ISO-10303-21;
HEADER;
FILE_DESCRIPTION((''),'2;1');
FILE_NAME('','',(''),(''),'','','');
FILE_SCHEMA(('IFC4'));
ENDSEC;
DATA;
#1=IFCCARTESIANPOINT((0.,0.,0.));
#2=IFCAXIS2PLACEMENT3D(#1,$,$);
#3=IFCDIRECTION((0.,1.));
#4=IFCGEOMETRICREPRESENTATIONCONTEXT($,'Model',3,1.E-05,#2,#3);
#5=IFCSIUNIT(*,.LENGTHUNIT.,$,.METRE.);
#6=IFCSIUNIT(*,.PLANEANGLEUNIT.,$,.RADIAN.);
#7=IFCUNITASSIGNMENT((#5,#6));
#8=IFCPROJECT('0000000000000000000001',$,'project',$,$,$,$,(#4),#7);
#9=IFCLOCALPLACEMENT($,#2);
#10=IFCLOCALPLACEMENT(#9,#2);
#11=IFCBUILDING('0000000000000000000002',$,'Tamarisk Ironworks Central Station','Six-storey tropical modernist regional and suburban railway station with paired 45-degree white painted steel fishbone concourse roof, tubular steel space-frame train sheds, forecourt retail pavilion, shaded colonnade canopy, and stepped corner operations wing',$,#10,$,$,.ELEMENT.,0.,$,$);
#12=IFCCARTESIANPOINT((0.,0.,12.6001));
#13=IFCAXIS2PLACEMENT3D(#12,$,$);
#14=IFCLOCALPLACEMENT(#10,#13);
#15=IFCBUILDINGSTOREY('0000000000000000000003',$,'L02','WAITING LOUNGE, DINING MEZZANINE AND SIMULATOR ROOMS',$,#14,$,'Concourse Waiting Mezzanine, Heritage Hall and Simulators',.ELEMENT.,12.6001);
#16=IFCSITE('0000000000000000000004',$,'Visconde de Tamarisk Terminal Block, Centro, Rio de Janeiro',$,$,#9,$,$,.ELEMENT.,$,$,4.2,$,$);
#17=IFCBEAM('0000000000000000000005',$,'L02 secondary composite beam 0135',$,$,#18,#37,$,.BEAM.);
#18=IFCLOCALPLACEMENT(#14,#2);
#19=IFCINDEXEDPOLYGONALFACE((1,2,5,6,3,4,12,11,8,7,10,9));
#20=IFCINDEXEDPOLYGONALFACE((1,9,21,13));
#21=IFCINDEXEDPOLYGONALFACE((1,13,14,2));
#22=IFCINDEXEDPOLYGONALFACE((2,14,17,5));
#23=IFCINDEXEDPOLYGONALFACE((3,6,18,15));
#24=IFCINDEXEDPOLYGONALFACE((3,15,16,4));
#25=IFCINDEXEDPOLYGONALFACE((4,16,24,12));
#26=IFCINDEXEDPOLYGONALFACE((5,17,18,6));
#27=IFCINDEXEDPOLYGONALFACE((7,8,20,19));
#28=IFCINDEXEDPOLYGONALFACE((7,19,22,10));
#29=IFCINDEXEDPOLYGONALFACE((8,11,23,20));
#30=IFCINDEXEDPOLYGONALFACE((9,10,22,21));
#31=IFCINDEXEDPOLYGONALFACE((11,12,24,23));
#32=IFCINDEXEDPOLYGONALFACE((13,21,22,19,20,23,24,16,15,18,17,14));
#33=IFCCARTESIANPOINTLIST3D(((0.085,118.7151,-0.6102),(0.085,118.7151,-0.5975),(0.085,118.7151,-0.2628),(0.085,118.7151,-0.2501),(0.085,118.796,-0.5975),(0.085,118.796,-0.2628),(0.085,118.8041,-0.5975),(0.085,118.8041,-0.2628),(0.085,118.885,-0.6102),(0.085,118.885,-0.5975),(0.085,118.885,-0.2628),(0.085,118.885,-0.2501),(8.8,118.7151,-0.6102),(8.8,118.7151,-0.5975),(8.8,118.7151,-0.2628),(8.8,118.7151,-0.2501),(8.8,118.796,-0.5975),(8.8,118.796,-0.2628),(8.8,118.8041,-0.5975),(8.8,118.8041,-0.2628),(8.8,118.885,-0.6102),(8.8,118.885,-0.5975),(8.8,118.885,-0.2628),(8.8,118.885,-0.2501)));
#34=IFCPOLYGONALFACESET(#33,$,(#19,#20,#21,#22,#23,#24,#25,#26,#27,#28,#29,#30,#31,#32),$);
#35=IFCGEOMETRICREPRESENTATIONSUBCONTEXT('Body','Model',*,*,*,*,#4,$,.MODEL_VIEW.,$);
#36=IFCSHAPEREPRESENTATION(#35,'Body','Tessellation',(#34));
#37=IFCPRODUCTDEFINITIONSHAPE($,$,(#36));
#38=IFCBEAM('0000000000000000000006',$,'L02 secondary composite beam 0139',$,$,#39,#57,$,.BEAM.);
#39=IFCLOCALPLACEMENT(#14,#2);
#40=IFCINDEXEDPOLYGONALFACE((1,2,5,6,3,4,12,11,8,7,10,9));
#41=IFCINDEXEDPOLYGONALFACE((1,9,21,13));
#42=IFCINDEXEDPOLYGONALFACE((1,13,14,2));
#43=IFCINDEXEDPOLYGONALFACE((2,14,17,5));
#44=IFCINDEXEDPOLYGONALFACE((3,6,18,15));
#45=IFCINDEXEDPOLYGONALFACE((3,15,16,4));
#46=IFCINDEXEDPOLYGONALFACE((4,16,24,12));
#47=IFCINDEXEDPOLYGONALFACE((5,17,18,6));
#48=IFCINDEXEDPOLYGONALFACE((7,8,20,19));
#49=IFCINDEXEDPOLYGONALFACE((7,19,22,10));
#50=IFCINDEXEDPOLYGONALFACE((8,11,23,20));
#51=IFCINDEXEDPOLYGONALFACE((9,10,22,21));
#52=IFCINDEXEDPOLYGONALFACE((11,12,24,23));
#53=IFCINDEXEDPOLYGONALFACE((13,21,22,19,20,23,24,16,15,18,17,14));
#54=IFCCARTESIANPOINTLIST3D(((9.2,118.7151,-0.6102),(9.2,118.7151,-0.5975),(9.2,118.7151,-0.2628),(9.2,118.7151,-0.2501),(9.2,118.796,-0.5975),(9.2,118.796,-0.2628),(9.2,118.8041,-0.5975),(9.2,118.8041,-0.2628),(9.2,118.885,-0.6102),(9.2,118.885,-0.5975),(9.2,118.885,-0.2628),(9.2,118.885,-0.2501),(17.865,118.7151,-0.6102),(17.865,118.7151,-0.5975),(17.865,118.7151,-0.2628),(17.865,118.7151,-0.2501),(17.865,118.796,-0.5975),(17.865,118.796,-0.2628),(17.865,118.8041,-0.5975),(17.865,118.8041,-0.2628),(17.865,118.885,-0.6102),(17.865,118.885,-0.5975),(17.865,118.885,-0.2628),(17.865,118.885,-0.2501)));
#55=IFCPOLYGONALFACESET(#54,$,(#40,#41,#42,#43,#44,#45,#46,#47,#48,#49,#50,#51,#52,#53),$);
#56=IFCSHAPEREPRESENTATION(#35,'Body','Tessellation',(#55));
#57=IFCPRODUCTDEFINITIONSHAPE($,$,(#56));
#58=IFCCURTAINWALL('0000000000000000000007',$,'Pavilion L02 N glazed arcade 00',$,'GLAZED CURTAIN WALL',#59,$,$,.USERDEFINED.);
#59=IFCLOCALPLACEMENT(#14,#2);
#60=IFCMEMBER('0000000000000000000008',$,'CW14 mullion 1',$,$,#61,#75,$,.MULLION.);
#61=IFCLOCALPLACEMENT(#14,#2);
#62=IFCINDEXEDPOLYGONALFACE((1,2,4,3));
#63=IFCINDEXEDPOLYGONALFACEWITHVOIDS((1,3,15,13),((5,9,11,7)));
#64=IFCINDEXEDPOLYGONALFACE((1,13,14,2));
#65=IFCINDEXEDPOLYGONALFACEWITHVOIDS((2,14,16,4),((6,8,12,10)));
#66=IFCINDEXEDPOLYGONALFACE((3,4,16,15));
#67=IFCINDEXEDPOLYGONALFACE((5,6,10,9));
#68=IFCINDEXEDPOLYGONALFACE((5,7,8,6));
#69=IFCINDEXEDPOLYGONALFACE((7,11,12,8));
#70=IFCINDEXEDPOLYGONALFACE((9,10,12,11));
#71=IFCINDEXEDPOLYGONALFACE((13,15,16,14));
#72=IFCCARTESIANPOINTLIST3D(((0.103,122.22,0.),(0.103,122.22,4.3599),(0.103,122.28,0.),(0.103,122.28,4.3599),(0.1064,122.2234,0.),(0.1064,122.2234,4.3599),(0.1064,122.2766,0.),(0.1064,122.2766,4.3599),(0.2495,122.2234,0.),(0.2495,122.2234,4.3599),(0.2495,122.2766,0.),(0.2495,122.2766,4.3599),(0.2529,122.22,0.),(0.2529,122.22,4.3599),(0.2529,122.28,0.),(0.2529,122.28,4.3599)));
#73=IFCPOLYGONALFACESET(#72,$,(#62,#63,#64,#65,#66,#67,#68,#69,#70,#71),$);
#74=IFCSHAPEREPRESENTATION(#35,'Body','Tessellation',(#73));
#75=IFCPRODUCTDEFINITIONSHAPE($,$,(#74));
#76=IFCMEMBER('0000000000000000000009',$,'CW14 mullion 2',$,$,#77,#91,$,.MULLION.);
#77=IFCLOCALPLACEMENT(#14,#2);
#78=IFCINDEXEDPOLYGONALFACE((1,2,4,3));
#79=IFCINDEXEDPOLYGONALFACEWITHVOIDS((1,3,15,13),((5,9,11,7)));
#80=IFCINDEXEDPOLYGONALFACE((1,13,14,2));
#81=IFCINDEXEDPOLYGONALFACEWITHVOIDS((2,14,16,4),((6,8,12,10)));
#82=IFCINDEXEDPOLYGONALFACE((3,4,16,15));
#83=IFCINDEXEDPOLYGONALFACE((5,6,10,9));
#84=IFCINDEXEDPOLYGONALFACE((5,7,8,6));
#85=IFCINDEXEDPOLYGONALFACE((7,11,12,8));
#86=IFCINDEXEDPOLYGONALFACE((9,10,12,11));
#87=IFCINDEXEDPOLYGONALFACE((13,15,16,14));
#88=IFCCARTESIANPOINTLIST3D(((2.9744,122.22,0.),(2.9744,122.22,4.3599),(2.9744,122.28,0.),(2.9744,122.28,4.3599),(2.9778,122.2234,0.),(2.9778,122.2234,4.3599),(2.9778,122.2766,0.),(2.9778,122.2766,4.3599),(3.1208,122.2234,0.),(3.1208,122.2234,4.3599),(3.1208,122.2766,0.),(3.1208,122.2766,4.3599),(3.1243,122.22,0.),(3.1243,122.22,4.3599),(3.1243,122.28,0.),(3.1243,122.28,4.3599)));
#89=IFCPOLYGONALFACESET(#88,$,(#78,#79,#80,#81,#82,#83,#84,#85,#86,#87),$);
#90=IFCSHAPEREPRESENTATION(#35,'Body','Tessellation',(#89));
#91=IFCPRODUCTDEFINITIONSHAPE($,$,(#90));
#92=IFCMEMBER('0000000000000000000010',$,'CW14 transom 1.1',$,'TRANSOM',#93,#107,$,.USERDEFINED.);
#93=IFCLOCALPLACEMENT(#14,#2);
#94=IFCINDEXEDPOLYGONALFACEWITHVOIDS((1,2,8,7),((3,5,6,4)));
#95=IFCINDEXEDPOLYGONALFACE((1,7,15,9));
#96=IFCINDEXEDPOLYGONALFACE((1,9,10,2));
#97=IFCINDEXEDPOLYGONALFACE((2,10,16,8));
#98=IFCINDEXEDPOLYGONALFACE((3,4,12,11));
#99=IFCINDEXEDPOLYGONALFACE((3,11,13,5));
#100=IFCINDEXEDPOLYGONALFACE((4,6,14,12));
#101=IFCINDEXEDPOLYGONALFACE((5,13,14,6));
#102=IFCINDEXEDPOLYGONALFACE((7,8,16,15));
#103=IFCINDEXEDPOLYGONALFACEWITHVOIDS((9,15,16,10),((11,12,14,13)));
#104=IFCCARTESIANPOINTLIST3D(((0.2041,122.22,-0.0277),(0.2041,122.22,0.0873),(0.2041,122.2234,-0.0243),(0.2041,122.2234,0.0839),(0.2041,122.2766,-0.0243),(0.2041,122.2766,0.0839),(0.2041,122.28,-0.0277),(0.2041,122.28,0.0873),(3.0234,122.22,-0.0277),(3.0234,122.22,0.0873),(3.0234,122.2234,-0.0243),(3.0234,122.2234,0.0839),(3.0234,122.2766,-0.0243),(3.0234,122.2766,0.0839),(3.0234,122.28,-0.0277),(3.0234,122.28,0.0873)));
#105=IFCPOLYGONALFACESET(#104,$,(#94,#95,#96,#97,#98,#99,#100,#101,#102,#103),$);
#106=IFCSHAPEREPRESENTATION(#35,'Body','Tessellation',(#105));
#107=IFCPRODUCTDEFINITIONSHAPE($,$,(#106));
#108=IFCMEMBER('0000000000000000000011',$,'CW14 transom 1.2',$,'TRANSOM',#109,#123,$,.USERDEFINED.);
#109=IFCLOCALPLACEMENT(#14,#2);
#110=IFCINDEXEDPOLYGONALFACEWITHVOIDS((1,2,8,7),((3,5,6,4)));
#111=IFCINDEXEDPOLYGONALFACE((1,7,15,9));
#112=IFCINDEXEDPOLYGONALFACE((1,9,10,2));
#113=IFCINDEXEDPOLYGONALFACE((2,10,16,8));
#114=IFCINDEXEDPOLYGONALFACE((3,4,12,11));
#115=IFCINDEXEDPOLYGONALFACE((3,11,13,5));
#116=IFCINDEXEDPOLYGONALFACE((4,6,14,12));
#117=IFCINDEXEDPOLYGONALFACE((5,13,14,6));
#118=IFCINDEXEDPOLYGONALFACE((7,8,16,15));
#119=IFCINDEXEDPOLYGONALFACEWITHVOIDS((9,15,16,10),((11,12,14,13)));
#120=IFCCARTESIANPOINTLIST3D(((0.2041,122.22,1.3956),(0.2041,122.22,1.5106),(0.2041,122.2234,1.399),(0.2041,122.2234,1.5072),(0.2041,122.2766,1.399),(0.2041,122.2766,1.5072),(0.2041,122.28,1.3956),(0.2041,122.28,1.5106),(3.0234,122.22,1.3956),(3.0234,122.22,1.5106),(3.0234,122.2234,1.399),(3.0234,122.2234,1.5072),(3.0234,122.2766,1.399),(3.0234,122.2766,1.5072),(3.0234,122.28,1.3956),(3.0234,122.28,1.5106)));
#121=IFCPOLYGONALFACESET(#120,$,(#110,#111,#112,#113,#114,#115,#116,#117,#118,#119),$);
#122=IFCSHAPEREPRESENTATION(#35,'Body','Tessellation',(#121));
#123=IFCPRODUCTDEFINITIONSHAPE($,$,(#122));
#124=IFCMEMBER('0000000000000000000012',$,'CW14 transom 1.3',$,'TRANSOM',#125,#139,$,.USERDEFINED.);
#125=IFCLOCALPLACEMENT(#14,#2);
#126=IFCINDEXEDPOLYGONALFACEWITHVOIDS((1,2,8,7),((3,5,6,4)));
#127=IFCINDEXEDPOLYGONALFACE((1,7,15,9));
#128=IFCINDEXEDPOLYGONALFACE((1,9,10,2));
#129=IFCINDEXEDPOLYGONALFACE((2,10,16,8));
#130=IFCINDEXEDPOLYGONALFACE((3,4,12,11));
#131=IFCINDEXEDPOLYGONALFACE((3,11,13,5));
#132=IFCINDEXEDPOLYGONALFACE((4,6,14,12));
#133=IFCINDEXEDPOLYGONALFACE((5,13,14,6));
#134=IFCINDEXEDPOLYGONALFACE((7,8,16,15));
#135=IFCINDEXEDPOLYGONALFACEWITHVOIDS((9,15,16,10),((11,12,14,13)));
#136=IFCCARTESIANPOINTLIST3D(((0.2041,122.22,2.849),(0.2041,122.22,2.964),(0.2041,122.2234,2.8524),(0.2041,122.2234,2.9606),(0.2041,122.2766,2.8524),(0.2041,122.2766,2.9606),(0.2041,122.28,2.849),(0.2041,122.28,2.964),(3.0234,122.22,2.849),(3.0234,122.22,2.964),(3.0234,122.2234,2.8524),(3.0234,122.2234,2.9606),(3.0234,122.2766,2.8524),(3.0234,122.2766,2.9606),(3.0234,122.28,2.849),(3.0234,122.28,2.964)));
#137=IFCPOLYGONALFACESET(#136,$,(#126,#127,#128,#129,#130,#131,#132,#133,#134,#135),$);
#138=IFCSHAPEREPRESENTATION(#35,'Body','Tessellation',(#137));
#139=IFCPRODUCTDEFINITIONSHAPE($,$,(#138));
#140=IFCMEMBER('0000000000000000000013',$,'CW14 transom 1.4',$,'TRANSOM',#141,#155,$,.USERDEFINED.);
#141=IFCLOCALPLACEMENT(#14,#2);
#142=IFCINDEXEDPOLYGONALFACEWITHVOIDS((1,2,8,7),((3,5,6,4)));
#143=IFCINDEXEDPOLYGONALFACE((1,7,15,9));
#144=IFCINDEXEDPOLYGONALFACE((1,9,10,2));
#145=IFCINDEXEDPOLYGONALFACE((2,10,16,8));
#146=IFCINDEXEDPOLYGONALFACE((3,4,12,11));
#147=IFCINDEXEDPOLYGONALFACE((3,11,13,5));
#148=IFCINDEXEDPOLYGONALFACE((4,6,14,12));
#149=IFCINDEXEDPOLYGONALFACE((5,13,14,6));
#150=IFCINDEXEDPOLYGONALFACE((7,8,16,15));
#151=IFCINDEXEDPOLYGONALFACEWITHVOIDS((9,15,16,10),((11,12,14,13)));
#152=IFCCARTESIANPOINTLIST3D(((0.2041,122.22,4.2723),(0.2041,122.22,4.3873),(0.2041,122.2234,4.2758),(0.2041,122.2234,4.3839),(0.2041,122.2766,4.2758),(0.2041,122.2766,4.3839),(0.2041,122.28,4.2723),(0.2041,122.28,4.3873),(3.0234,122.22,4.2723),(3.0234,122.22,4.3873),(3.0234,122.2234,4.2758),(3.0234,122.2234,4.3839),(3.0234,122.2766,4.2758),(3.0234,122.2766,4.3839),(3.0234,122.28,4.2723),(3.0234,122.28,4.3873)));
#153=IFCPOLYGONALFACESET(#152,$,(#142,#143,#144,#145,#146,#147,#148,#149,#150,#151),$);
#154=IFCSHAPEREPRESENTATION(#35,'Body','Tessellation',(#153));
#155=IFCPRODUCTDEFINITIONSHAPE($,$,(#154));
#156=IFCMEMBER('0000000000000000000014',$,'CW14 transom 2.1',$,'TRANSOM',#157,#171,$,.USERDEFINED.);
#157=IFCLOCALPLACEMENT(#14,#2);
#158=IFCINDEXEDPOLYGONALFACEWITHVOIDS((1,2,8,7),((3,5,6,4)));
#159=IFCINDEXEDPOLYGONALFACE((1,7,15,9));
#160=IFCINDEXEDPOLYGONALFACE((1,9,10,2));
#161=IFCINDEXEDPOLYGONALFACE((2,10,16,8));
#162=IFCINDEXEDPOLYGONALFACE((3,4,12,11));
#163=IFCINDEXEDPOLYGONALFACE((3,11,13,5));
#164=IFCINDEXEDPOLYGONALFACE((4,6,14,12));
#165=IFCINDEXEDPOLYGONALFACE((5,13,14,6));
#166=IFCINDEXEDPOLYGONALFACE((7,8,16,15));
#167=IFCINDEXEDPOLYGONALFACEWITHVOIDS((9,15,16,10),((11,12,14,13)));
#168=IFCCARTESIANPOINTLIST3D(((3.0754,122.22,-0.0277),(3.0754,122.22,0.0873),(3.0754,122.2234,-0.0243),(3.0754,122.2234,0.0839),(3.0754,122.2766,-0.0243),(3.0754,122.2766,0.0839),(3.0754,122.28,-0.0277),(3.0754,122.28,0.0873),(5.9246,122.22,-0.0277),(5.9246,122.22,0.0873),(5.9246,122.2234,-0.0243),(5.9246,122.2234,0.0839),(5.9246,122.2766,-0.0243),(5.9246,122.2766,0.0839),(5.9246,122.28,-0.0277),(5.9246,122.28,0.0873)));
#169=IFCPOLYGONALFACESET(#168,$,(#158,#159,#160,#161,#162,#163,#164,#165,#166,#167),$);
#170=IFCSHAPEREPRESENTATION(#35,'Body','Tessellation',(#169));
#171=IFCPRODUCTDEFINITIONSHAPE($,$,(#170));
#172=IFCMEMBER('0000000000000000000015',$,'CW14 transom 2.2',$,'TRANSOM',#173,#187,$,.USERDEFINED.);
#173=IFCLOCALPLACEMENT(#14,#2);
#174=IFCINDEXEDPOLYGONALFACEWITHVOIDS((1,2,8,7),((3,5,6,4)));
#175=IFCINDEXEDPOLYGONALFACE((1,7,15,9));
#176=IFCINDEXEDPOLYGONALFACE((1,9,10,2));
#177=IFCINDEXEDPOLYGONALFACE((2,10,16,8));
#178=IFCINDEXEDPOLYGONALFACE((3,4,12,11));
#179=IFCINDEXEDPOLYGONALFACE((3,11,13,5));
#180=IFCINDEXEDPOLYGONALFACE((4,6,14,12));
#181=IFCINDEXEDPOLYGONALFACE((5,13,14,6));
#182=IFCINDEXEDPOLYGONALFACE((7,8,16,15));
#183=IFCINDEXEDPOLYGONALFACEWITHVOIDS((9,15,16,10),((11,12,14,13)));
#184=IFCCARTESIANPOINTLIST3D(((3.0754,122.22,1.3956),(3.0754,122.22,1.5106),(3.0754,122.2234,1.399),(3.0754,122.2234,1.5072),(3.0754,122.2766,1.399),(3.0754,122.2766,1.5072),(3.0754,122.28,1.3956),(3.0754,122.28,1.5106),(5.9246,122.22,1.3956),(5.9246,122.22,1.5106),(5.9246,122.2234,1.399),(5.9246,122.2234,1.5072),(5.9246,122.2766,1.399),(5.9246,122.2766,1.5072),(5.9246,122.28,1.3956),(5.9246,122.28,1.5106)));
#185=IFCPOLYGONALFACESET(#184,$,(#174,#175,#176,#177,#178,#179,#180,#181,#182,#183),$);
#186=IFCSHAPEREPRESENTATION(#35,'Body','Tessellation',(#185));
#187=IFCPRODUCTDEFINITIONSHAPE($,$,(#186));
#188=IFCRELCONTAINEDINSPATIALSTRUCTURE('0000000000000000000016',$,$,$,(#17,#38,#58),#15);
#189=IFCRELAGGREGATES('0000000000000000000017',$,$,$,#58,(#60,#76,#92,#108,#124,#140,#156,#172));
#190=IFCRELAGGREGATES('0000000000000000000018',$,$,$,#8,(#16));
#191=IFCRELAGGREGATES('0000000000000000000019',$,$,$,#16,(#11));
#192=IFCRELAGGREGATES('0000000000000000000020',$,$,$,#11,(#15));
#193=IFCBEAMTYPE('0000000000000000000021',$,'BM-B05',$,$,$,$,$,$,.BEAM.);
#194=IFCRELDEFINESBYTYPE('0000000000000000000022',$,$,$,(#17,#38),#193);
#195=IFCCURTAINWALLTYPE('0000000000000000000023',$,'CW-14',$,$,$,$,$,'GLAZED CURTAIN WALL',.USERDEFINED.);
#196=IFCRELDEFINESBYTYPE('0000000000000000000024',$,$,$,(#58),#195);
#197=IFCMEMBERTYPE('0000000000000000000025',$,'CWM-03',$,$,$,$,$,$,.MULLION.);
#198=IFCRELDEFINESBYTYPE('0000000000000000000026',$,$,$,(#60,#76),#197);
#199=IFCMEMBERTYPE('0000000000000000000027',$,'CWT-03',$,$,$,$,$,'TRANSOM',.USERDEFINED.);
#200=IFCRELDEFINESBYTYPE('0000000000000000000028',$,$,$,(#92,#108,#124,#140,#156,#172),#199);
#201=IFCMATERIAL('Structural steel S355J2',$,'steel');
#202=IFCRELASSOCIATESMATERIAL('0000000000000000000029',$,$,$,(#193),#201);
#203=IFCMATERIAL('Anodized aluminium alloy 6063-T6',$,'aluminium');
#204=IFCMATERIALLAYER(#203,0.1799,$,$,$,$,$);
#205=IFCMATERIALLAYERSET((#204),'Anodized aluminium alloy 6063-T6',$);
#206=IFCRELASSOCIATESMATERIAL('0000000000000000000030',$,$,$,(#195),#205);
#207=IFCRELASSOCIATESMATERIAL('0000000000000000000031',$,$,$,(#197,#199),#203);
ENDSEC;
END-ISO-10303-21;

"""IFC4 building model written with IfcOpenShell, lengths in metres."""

from ifc_helpers import new_model, si_unit, direction, frame, origin, origin_2d, place, context, subcontext, project, spatial, hollow_rectangle, i_section, extrude, material, layer, layer_set, material_profile, profile_set, type_object, element, aggregate, save


model = new_model("IFC4")

# Units and contexts
model_context = context("Model", 3, precision=1e-05, world=origin(), true_north=direction((0.0, 1.0)))
body_context = subcontext(model_context, "Body", "Model", "MODEL_VIEW")
ifc_project = project(units=[si_unit("LENGTHUNIT", "METRE"), si_unit("PLANEANGLEUNIT", "RADIAN")], contexts=[model_context])

# Site, building, storey
site_placement = place(None, origin())
site = spatial("IfcSite", under=ifc_project, at=site_placement, Name="Visconde de Tamarisk Terminal Block, Centro, Rio de Janeiro", CompositionType="ELEMENT", RefElevation=4.2)
building_placement = place(site_placement, origin())
building = spatial("IfcBuilding", under=site, at=building_placement, Name="Tamarisk Ironworks Central Station", Description="Six-storey tropical modernist regional and suburban railway station with paired 45-degree white painted steel fishbone concourse roof, tubular steel space-frame train sheds, forecourt retail pavilion, shaded colonnade canopy, and stepped corner operations wing", CompositionType="ELEMENT", ElevationOfRefHeight=0.0)
storey_placement = place(building_placement, frame((0.0, 0.0, 12.6001)))
storey = spatial("IfcBuildingStorey", under=building, at=storey_placement, Name="L02", Description="WAITING LOUNGE, DINING MEZZANINE AND SIMULATOR ROOMS", LongName="Concourse Waiting Mezzanine, Heritage Hall and Simulators", CompositionType="ELEMENT", Elevation=12.6001)

# Beams
ifc_material_1 = material(Name="Structural steel S355J2", Category="steel")
ifc_material_profile_1 = material_profile(ifc_material_1, i_section(OverallWidth=0.1699, OverallDepth=0.3601, WebThickness=0.0081, FlangeThickness=0.0127, at=origin_2d()), Name="IPE 360")
ifc_profile_set_1 = profile_set([ifc_material_profile_1], Name="Structural steel S355J2")
beam_type = type_object("IfcBeamType", Name="BM-B05", PredefinedType="BEAM", material=ifc_profile_set_1)
beam_1_placement = place(storey_placement, frame((0.085, 118.8, -0.4302), z_axis=(1.0, 0.0, 0.0), x_axis=(0.0, 1.0, 0.0)))
element("IfcBeam", 1, at=beam_1_placement, inside=storey, type_object=beam_type, Name="L02 secondary composite beam 0135", PredefinedType="BEAM", context=body_context, shape_type="SweptSolid", body=[
    extrude(i_section(OverallWidth=0.1699, OverallDepth=0.3601, WebThickness=0.0081, FlangeThickness=0.0127, at=origin_2d()), origin(), (0.0, 0.0, 1.0), 8.7151),
])
beam_2_placement = place(storey_placement, frame((9.2, 118.8, -0.4302), z_axis=(1.0, 0.0, 0.0), x_axis=(0.0, 1.0, 0.0)))
element("IfcBeam", 2, at=beam_2_placement, inside=storey, type_object=beam_type, Name="L02 secondary composite beam 0139", PredefinedType="BEAM", context=body_context, shape_type="SweptSolid", body=[
    extrude(i_section(OverallWidth=0.1699, OverallDepth=0.3601, WebThickness=0.0081, FlangeThickness=0.0127, at=origin_2d()), origin(), (0.0, 0.0, 1.0), 8.665),
])

# Curtain wall, members
ifc_material_2 = material(Name="Anodized aluminium alloy 6063-T6", Category="aluminium")
ifc_layer_1 = layer(ifc_material_2, 0.1799)
ifc_layer_set_1 = layer_set([ifc_layer_1], Name="Anodized aluminium alloy 6063-T6")
curtain_wall_type = type_object("IfcCurtainWallType", Name="CW-14", ElementType="GLAZED CURTAIN WALL", PredefinedType="USERDEFINED", material=ifc_layer_set_1)
curtain_wall_placement = place(storey_placement, origin())
curtain_wall = element("IfcCurtainWall", 3, at=curtain_wall_placement, inside=storey, type_object=curtain_wall_type, Name="Pavilion L02 N glazed arcade 00", ObjectType="GLAZED CURTAIN WALL", PredefinedType="USERDEFINED")
ifc_material_profile_2 = material_profile(ifc_material_2, hollow_rectangle(XDim=0.0601, YDim=0.1499, WallThickness=0.0034, at=origin_2d()), Name="ALUM 150x60")
ifc_profile_set_2 = profile_set([ifc_material_profile_2], Name="Anodized aluminium alloy 6063-T6")
member_type_1 = type_object("IfcMemberType", Name="CWM-03", PredefinedType="MULLION", material=ifc_profile_set_2)
member_1_placement = place(storey_placement, frame((0.178, 122.25, 0.0), z_axis=(0.0, 0.0, 1.0), x_axis=(0.0, 1.0, 0.0)))
member_1 = element("IfcMember", 4, at=member_1_placement, type_object=member_type_1, Name="CW14 mullion 1", PredefinedType="MULLION", context=body_context, shape_type="SweptSolid", body=[
    extrude(hollow_rectangle(XDim=0.0601, YDim=0.1499, WallThickness=0.0034, at=origin_2d()), origin(), (0.0, 0.0, 1.0), 4.3599),
])
member_2_placement = place(storey_placement, frame((3.0493, 122.25, 0.0), z_axis=(0.0, 0.0, 1.0), x_axis=(0.0, 1.0, 0.0)))
member_2 = element("IfcMember", 5, at=member_2_placement, type_object=member_type_1, Name="CW14 mullion 2", PredefinedType="MULLION", context=body_context, shape_type="SweptSolid", body=[
    extrude(hollow_rectangle(XDim=0.0601, YDim=0.1499, WallThickness=0.0034, at=origin_2d()), origin(), (0.0, 0.0, 1.0), 4.3599),
])
ifc_material_profile_3 = material_profile(ifc_material_2, hollow_rectangle(XDim=0.0601, YDim=0.115, WallThickness=0.0034, at=origin_2d()), Name="ALUM 115x60")
ifc_profile_set_3 = profile_set([ifc_material_profile_3], Name="Anodized aluminium alloy 6063-T6")
member_type_2 = type_object("IfcMemberType", Name="CWT-03", ElementType="TRANSOM", PredefinedType="USERDEFINED", material=ifc_profile_set_3)
member_3_placement = place(storey_placement, frame((0.2041, 122.25, 0.0298), z_axis=(1.0, 0.0, 0.0), x_axis=(0.0, 1.0, 0.0)))
member_3 = element("IfcMember", 6, at=member_3_placement, type_object=member_type_2, Name="CW14 transom 1.1", ObjectType="TRANSOM", PredefinedType="USERDEFINED", context=body_context, shape_type="SweptSolid", body=[
    extrude(hollow_rectangle(XDim=0.0601, YDim=0.115, WallThickness=0.0034, at=origin_2d()), origin(), (0.0, 0.0, 1.0), 2.8193),
])
member_4_placement = place(storey_placement, frame((0.2041, 122.25, 1.4531), z_axis=(1.0, 0.0, 0.0), x_axis=(0.0, 1.0, 0.0)))
member_4 = element("IfcMember", 7, at=member_4_placement, type_object=member_type_2, Name="CW14 transom 1.2", ObjectType="TRANSOM", PredefinedType="USERDEFINED", context=body_context, shape_type="SweptSolid", body=[
    extrude(hollow_rectangle(XDim=0.0601, YDim=0.115, WallThickness=0.0034, at=origin_2d()), origin(), (0.0, 0.0, 1.0), 2.8193),
])
member_5_placement = place(storey_placement, frame((0.2041, 122.25, 2.9065), z_axis=(1.0, 0.0, 0.0), x_axis=(0.0, 1.0, 0.0)))
member_5 = element("IfcMember", 8, at=member_5_placement, type_object=member_type_2, Name="CW14 transom 1.3", ObjectType="TRANSOM", PredefinedType="USERDEFINED", context=body_context, shape_type="SweptSolid", body=[
    extrude(hollow_rectangle(XDim=0.0601, YDim=0.115, WallThickness=0.0034, at=origin_2d()), origin(), (0.0, 0.0, 1.0), 2.8193),
])
member_6_placement = place(storey_placement, frame((0.2041, 122.25, 4.3298), z_axis=(1.0, 0.0, 0.0), x_axis=(0.0, 1.0, 0.0)))
member_6 = element("IfcMember", 9, at=member_6_placement, type_object=member_type_2, Name="CW14 transom 1.4", ObjectType="TRANSOM", PredefinedType="USERDEFINED", context=body_context, shape_type="SweptSolid", body=[
    extrude(hollow_rectangle(XDim=0.0601, YDim=0.115, WallThickness=0.0034, at=origin_2d()), origin(), (0.0, 0.0, 1.0), 2.8193),
])
member_7_placement = place(storey_placement, frame((3.0754, 122.25, 0.0298), z_axis=(1.0, 0.0, 0.0), x_axis=(0.0, 1.0, 0.0)))
member_7 = element("IfcMember", 10, at=member_7_placement, type_object=member_type_2, Name="CW14 transom 2.1", ObjectType="TRANSOM", PredefinedType="USERDEFINED", context=body_context, shape_type="SweptSolid", body=[
    extrude(hollow_rectangle(XDim=0.0601, YDim=0.115, WallThickness=0.0034, at=origin_2d()), origin(), (0.0, 0.0, 1.0), 2.8491),
])
member_8_placement = place(storey_placement, frame((3.0754, 122.25, 1.4531), z_axis=(1.0, 0.0, 0.0), x_axis=(0.0, 1.0, 0.0)))
member_8 = element("IfcMember", 11, at=member_8_placement, type_object=member_type_2, Name="CW14 transom 2.2", ObjectType="TRANSOM", PredefinedType="USERDEFINED", context=body_context, shape_type="SweptSolid", body=[
    extrude(hollow_rectangle(XDim=0.0601, YDim=0.115, WallThickness=0.0034, at=origin_2d()), origin(), (0.0, 0.0, 1.0), 2.8491),
])
aggregate(curtain_wall, [member_1, member_2, member_3, member_4, member_5, member_6, member_7, member_8])

save(model, "model.ifc")
